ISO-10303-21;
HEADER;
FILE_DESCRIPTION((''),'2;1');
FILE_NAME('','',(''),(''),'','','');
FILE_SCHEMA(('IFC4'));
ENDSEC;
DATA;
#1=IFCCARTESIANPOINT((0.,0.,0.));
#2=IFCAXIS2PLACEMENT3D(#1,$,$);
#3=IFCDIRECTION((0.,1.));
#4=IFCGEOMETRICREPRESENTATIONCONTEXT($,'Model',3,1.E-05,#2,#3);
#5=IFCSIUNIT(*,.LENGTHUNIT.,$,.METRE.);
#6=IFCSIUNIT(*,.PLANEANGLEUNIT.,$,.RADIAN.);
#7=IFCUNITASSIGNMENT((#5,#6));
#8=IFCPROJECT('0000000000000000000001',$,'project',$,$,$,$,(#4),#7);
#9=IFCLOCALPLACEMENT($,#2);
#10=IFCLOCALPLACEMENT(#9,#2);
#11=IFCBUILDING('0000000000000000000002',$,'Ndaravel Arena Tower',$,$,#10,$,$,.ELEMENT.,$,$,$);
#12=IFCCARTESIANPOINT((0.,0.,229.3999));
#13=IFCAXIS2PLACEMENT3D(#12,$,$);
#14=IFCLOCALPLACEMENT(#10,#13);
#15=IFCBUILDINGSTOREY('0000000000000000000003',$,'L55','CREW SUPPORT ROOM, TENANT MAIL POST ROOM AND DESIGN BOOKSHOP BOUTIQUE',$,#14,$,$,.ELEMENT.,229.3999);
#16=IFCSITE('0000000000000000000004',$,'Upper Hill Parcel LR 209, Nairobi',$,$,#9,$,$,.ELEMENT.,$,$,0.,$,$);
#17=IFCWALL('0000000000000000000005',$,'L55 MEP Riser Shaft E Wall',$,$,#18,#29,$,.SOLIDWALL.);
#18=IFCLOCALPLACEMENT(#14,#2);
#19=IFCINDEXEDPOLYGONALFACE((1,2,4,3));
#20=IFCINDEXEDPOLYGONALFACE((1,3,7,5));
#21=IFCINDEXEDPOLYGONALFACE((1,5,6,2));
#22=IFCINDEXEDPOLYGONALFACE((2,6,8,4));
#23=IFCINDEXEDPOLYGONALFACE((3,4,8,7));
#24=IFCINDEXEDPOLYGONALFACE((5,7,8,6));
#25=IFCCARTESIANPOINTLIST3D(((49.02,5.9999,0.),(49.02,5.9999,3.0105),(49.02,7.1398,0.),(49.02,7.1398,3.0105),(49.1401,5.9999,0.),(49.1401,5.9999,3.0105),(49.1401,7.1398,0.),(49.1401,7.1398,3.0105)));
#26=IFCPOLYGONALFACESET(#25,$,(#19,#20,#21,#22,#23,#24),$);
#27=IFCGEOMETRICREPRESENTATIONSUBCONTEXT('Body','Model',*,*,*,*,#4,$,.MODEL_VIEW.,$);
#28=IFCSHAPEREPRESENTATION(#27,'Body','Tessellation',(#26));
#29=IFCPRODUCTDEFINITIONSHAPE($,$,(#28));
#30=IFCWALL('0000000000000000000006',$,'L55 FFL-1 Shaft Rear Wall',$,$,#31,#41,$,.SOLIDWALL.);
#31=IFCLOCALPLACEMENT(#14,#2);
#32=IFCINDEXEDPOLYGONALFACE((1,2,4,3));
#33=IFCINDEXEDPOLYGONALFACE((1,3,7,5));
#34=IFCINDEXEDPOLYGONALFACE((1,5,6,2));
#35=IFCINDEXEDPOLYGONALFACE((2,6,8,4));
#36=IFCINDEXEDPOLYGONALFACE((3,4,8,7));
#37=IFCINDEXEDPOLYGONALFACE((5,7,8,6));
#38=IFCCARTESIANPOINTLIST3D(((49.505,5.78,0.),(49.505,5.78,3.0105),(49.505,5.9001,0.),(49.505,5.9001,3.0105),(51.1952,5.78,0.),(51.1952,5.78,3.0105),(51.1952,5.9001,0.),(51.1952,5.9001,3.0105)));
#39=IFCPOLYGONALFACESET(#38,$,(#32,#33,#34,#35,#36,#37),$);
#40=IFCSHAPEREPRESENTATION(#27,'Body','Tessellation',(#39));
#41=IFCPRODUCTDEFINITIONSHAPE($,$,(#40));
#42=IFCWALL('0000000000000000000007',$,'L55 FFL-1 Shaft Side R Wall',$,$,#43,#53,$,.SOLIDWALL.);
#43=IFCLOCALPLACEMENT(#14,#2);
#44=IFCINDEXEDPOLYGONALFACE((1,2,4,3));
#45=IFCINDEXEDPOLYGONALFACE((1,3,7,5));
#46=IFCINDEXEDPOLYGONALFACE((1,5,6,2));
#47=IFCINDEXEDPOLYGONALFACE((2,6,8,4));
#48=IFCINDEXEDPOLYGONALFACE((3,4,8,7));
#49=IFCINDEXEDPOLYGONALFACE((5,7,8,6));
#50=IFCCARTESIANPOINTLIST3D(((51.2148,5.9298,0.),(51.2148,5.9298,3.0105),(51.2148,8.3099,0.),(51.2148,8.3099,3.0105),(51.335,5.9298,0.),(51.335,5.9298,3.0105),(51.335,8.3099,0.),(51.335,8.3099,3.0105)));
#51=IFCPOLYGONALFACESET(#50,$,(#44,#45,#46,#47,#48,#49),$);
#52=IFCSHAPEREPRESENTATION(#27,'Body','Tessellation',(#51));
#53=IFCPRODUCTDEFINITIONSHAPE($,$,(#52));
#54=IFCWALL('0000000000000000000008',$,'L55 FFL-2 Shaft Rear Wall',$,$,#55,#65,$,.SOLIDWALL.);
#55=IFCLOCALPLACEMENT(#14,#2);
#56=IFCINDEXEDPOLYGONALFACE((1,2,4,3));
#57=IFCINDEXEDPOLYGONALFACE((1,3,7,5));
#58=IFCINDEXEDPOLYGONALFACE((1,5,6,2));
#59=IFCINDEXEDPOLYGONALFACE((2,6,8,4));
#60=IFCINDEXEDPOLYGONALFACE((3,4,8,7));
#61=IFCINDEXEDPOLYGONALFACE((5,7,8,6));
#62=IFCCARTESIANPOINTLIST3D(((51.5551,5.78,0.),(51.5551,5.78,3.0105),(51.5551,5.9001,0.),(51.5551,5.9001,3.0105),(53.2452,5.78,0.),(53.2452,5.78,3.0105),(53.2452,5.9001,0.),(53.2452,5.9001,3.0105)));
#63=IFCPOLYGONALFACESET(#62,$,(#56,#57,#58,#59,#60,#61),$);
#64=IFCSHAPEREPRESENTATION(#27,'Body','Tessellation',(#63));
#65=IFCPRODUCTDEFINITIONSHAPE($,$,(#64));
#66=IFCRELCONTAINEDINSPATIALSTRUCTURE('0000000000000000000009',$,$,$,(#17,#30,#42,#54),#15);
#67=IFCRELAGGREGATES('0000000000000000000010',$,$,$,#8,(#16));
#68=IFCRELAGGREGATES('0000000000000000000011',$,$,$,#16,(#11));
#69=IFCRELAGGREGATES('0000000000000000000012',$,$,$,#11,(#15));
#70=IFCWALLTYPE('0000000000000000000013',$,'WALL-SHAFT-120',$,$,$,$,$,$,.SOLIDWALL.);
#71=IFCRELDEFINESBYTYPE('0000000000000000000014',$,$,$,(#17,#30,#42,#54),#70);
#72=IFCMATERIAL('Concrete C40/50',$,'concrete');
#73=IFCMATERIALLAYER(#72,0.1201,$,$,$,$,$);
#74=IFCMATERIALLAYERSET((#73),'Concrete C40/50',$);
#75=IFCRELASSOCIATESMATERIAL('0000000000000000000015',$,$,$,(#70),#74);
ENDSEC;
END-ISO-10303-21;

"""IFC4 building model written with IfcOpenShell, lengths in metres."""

from ifc_helpers import new_model, si_unit, direction, frame, frame_2d, origin, place, context, subcontext, project, spatial, rectangle, extrude, material, layer, layer_set, type_object, element, save


model = new_model("IFC4")

# Units and contexts
model_context = context("Model", 3, precision=1e-05, world=origin(), true_north=direction((0.0, 1.0)))
body_context = subcontext(model_context, "Body", "Model", "MODEL_VIEW")
ifc_project = project(units=[si_unit("LENGTHUNIT", "METRE"), si_unit("PLANEANGLEUNIT", "RADIAN")], contexts=[model_context])

# Site, building, storey
site_placement = place(None, origin())
site = spatial("IfcSite", under=ifc_project, at=site_placement, Name="Upper Hill Parcel LR 209, Nairobi", CompositionType="ELEMENT", RefElevation=0.0)
building_placement = place(site_placement, origin())
building = spatial("IfcBuilding", under=site, at=building_placement, Name="Ndaravel Arena Tower", CompositionType="ELEMENT")
storey_placement = place(building_placement, frame((0.0, 0.0, 229.3999)))
storey = spatial("IfcBuildingStorey", under=building, at=storey_placement, Name="L55", Description="CREW SUPPORT ROOM, TENANT MAIL POST ROOM AND DESIGN BOOKSHOP BOUTIQUE", CompositionType="ELEMENT", Elevation=229.3999)

# Walls
ifc_material_1 = material(Name="Concrete C40/50", Category="concrete")
ifc_layer_1 = layer(ifc_material_1, 0.1201)
ifc_layer_set_1 = layer_set([ifc_layer_1], Name="Concrete C40/50")
wall_type_1 = type_object("IfcWallType", Name="WALL-SHAFT-120", PredefinedType="SOLIDWALL", material=ifc_layer_set_1)
for number, where, z_axis, x_axis, name in (
    (1, (49.0801, 6.0, 0.0), (0.0, 0.0, 1.0), (0.0, 1.0, 0.0), "L55 MEP Riser Shaft E Wall"),
):
    element("IfcWall", number, at=place(storey_placement, frame(where, z_axis=z_axis, x_axis=x_axis)), inside=storey, type_object=wall_type_1, Name=name, PredefinedType="SOLIDWALL", context=body_context, shape_type="SweptSolid", body=[
        extrude(rectangle(XDim=1.1399, YDim=0.1201, at=frame_2d((0.5698, 0.0))), origin(), (0.0, 0.0, 1.0), 3.0105),
    ])
wall_1_placement = place(storey_placement, frame((49.5049, 5.8401, 0.0), z_axis=(0.0, 0.0, 1.0), x_axis=(1.0, 0.0, 0.0)))
element("IfcWall", 2, at=wall_1_placement, inside=storey, type_object=wall_type_1, Name="L55 FFL-1 Shaft Rear Wall", PredefinedType="SOLIDWALL", context=body_context, shape_type="SweptSolid", body=[
    extrude(rectangle(XDim=1.6902, YDim=0.1201, at=frame_2d((0.8452, 0.0))), origin(), (0.0, 0.0, 1.0), 3.0105),
])
wall_2_placement = place(storey_placement, frame((51.2749, 5.9299, 0.0), z_axis=(0.0, 0.0, 1.0), x_axis=(0.0, 1.0, 0.0)))
element("IfcWall", 3, at=wall_2_placement, inside=storey, type_object=wall_type_1, Name="L55 FFL-1 Shaft Side R Wall", PredefinedType="SOLIDWALL", context=body_context, shape_type="SweptSolid", body=[
    extrude(rectangle(XDim=2.3801, YDim=0.1201, at=frame_2d((1.1899, 0.0))), origin(), (0.0, 0.0, 1.0), 3.0105),
])
wall_3_placement = place(storey_placement, frame((51.5549, 5.8401, 0.0), z_axis=(0.0, 0.0, 1.0), x_axis=(1.0, 0.0, 0.0)))
element("IfcWall", 4, at=wall_3_placement, inside=storey, type_object=wall_type_1, Name="L55 FFL-2 Shaft Rear Wall", PredefinedType="SOLIDWALL", context=body_context, shape_type="SweptSolid", body=[
    extrude(rectangle(XDim=1.6902, YDim=0.1201, at=frame_2d((0.8452, 0.0))), origin(), (0.0, 0.0, 1.0), 3.0105),
])

save(model, "model.ifc")
